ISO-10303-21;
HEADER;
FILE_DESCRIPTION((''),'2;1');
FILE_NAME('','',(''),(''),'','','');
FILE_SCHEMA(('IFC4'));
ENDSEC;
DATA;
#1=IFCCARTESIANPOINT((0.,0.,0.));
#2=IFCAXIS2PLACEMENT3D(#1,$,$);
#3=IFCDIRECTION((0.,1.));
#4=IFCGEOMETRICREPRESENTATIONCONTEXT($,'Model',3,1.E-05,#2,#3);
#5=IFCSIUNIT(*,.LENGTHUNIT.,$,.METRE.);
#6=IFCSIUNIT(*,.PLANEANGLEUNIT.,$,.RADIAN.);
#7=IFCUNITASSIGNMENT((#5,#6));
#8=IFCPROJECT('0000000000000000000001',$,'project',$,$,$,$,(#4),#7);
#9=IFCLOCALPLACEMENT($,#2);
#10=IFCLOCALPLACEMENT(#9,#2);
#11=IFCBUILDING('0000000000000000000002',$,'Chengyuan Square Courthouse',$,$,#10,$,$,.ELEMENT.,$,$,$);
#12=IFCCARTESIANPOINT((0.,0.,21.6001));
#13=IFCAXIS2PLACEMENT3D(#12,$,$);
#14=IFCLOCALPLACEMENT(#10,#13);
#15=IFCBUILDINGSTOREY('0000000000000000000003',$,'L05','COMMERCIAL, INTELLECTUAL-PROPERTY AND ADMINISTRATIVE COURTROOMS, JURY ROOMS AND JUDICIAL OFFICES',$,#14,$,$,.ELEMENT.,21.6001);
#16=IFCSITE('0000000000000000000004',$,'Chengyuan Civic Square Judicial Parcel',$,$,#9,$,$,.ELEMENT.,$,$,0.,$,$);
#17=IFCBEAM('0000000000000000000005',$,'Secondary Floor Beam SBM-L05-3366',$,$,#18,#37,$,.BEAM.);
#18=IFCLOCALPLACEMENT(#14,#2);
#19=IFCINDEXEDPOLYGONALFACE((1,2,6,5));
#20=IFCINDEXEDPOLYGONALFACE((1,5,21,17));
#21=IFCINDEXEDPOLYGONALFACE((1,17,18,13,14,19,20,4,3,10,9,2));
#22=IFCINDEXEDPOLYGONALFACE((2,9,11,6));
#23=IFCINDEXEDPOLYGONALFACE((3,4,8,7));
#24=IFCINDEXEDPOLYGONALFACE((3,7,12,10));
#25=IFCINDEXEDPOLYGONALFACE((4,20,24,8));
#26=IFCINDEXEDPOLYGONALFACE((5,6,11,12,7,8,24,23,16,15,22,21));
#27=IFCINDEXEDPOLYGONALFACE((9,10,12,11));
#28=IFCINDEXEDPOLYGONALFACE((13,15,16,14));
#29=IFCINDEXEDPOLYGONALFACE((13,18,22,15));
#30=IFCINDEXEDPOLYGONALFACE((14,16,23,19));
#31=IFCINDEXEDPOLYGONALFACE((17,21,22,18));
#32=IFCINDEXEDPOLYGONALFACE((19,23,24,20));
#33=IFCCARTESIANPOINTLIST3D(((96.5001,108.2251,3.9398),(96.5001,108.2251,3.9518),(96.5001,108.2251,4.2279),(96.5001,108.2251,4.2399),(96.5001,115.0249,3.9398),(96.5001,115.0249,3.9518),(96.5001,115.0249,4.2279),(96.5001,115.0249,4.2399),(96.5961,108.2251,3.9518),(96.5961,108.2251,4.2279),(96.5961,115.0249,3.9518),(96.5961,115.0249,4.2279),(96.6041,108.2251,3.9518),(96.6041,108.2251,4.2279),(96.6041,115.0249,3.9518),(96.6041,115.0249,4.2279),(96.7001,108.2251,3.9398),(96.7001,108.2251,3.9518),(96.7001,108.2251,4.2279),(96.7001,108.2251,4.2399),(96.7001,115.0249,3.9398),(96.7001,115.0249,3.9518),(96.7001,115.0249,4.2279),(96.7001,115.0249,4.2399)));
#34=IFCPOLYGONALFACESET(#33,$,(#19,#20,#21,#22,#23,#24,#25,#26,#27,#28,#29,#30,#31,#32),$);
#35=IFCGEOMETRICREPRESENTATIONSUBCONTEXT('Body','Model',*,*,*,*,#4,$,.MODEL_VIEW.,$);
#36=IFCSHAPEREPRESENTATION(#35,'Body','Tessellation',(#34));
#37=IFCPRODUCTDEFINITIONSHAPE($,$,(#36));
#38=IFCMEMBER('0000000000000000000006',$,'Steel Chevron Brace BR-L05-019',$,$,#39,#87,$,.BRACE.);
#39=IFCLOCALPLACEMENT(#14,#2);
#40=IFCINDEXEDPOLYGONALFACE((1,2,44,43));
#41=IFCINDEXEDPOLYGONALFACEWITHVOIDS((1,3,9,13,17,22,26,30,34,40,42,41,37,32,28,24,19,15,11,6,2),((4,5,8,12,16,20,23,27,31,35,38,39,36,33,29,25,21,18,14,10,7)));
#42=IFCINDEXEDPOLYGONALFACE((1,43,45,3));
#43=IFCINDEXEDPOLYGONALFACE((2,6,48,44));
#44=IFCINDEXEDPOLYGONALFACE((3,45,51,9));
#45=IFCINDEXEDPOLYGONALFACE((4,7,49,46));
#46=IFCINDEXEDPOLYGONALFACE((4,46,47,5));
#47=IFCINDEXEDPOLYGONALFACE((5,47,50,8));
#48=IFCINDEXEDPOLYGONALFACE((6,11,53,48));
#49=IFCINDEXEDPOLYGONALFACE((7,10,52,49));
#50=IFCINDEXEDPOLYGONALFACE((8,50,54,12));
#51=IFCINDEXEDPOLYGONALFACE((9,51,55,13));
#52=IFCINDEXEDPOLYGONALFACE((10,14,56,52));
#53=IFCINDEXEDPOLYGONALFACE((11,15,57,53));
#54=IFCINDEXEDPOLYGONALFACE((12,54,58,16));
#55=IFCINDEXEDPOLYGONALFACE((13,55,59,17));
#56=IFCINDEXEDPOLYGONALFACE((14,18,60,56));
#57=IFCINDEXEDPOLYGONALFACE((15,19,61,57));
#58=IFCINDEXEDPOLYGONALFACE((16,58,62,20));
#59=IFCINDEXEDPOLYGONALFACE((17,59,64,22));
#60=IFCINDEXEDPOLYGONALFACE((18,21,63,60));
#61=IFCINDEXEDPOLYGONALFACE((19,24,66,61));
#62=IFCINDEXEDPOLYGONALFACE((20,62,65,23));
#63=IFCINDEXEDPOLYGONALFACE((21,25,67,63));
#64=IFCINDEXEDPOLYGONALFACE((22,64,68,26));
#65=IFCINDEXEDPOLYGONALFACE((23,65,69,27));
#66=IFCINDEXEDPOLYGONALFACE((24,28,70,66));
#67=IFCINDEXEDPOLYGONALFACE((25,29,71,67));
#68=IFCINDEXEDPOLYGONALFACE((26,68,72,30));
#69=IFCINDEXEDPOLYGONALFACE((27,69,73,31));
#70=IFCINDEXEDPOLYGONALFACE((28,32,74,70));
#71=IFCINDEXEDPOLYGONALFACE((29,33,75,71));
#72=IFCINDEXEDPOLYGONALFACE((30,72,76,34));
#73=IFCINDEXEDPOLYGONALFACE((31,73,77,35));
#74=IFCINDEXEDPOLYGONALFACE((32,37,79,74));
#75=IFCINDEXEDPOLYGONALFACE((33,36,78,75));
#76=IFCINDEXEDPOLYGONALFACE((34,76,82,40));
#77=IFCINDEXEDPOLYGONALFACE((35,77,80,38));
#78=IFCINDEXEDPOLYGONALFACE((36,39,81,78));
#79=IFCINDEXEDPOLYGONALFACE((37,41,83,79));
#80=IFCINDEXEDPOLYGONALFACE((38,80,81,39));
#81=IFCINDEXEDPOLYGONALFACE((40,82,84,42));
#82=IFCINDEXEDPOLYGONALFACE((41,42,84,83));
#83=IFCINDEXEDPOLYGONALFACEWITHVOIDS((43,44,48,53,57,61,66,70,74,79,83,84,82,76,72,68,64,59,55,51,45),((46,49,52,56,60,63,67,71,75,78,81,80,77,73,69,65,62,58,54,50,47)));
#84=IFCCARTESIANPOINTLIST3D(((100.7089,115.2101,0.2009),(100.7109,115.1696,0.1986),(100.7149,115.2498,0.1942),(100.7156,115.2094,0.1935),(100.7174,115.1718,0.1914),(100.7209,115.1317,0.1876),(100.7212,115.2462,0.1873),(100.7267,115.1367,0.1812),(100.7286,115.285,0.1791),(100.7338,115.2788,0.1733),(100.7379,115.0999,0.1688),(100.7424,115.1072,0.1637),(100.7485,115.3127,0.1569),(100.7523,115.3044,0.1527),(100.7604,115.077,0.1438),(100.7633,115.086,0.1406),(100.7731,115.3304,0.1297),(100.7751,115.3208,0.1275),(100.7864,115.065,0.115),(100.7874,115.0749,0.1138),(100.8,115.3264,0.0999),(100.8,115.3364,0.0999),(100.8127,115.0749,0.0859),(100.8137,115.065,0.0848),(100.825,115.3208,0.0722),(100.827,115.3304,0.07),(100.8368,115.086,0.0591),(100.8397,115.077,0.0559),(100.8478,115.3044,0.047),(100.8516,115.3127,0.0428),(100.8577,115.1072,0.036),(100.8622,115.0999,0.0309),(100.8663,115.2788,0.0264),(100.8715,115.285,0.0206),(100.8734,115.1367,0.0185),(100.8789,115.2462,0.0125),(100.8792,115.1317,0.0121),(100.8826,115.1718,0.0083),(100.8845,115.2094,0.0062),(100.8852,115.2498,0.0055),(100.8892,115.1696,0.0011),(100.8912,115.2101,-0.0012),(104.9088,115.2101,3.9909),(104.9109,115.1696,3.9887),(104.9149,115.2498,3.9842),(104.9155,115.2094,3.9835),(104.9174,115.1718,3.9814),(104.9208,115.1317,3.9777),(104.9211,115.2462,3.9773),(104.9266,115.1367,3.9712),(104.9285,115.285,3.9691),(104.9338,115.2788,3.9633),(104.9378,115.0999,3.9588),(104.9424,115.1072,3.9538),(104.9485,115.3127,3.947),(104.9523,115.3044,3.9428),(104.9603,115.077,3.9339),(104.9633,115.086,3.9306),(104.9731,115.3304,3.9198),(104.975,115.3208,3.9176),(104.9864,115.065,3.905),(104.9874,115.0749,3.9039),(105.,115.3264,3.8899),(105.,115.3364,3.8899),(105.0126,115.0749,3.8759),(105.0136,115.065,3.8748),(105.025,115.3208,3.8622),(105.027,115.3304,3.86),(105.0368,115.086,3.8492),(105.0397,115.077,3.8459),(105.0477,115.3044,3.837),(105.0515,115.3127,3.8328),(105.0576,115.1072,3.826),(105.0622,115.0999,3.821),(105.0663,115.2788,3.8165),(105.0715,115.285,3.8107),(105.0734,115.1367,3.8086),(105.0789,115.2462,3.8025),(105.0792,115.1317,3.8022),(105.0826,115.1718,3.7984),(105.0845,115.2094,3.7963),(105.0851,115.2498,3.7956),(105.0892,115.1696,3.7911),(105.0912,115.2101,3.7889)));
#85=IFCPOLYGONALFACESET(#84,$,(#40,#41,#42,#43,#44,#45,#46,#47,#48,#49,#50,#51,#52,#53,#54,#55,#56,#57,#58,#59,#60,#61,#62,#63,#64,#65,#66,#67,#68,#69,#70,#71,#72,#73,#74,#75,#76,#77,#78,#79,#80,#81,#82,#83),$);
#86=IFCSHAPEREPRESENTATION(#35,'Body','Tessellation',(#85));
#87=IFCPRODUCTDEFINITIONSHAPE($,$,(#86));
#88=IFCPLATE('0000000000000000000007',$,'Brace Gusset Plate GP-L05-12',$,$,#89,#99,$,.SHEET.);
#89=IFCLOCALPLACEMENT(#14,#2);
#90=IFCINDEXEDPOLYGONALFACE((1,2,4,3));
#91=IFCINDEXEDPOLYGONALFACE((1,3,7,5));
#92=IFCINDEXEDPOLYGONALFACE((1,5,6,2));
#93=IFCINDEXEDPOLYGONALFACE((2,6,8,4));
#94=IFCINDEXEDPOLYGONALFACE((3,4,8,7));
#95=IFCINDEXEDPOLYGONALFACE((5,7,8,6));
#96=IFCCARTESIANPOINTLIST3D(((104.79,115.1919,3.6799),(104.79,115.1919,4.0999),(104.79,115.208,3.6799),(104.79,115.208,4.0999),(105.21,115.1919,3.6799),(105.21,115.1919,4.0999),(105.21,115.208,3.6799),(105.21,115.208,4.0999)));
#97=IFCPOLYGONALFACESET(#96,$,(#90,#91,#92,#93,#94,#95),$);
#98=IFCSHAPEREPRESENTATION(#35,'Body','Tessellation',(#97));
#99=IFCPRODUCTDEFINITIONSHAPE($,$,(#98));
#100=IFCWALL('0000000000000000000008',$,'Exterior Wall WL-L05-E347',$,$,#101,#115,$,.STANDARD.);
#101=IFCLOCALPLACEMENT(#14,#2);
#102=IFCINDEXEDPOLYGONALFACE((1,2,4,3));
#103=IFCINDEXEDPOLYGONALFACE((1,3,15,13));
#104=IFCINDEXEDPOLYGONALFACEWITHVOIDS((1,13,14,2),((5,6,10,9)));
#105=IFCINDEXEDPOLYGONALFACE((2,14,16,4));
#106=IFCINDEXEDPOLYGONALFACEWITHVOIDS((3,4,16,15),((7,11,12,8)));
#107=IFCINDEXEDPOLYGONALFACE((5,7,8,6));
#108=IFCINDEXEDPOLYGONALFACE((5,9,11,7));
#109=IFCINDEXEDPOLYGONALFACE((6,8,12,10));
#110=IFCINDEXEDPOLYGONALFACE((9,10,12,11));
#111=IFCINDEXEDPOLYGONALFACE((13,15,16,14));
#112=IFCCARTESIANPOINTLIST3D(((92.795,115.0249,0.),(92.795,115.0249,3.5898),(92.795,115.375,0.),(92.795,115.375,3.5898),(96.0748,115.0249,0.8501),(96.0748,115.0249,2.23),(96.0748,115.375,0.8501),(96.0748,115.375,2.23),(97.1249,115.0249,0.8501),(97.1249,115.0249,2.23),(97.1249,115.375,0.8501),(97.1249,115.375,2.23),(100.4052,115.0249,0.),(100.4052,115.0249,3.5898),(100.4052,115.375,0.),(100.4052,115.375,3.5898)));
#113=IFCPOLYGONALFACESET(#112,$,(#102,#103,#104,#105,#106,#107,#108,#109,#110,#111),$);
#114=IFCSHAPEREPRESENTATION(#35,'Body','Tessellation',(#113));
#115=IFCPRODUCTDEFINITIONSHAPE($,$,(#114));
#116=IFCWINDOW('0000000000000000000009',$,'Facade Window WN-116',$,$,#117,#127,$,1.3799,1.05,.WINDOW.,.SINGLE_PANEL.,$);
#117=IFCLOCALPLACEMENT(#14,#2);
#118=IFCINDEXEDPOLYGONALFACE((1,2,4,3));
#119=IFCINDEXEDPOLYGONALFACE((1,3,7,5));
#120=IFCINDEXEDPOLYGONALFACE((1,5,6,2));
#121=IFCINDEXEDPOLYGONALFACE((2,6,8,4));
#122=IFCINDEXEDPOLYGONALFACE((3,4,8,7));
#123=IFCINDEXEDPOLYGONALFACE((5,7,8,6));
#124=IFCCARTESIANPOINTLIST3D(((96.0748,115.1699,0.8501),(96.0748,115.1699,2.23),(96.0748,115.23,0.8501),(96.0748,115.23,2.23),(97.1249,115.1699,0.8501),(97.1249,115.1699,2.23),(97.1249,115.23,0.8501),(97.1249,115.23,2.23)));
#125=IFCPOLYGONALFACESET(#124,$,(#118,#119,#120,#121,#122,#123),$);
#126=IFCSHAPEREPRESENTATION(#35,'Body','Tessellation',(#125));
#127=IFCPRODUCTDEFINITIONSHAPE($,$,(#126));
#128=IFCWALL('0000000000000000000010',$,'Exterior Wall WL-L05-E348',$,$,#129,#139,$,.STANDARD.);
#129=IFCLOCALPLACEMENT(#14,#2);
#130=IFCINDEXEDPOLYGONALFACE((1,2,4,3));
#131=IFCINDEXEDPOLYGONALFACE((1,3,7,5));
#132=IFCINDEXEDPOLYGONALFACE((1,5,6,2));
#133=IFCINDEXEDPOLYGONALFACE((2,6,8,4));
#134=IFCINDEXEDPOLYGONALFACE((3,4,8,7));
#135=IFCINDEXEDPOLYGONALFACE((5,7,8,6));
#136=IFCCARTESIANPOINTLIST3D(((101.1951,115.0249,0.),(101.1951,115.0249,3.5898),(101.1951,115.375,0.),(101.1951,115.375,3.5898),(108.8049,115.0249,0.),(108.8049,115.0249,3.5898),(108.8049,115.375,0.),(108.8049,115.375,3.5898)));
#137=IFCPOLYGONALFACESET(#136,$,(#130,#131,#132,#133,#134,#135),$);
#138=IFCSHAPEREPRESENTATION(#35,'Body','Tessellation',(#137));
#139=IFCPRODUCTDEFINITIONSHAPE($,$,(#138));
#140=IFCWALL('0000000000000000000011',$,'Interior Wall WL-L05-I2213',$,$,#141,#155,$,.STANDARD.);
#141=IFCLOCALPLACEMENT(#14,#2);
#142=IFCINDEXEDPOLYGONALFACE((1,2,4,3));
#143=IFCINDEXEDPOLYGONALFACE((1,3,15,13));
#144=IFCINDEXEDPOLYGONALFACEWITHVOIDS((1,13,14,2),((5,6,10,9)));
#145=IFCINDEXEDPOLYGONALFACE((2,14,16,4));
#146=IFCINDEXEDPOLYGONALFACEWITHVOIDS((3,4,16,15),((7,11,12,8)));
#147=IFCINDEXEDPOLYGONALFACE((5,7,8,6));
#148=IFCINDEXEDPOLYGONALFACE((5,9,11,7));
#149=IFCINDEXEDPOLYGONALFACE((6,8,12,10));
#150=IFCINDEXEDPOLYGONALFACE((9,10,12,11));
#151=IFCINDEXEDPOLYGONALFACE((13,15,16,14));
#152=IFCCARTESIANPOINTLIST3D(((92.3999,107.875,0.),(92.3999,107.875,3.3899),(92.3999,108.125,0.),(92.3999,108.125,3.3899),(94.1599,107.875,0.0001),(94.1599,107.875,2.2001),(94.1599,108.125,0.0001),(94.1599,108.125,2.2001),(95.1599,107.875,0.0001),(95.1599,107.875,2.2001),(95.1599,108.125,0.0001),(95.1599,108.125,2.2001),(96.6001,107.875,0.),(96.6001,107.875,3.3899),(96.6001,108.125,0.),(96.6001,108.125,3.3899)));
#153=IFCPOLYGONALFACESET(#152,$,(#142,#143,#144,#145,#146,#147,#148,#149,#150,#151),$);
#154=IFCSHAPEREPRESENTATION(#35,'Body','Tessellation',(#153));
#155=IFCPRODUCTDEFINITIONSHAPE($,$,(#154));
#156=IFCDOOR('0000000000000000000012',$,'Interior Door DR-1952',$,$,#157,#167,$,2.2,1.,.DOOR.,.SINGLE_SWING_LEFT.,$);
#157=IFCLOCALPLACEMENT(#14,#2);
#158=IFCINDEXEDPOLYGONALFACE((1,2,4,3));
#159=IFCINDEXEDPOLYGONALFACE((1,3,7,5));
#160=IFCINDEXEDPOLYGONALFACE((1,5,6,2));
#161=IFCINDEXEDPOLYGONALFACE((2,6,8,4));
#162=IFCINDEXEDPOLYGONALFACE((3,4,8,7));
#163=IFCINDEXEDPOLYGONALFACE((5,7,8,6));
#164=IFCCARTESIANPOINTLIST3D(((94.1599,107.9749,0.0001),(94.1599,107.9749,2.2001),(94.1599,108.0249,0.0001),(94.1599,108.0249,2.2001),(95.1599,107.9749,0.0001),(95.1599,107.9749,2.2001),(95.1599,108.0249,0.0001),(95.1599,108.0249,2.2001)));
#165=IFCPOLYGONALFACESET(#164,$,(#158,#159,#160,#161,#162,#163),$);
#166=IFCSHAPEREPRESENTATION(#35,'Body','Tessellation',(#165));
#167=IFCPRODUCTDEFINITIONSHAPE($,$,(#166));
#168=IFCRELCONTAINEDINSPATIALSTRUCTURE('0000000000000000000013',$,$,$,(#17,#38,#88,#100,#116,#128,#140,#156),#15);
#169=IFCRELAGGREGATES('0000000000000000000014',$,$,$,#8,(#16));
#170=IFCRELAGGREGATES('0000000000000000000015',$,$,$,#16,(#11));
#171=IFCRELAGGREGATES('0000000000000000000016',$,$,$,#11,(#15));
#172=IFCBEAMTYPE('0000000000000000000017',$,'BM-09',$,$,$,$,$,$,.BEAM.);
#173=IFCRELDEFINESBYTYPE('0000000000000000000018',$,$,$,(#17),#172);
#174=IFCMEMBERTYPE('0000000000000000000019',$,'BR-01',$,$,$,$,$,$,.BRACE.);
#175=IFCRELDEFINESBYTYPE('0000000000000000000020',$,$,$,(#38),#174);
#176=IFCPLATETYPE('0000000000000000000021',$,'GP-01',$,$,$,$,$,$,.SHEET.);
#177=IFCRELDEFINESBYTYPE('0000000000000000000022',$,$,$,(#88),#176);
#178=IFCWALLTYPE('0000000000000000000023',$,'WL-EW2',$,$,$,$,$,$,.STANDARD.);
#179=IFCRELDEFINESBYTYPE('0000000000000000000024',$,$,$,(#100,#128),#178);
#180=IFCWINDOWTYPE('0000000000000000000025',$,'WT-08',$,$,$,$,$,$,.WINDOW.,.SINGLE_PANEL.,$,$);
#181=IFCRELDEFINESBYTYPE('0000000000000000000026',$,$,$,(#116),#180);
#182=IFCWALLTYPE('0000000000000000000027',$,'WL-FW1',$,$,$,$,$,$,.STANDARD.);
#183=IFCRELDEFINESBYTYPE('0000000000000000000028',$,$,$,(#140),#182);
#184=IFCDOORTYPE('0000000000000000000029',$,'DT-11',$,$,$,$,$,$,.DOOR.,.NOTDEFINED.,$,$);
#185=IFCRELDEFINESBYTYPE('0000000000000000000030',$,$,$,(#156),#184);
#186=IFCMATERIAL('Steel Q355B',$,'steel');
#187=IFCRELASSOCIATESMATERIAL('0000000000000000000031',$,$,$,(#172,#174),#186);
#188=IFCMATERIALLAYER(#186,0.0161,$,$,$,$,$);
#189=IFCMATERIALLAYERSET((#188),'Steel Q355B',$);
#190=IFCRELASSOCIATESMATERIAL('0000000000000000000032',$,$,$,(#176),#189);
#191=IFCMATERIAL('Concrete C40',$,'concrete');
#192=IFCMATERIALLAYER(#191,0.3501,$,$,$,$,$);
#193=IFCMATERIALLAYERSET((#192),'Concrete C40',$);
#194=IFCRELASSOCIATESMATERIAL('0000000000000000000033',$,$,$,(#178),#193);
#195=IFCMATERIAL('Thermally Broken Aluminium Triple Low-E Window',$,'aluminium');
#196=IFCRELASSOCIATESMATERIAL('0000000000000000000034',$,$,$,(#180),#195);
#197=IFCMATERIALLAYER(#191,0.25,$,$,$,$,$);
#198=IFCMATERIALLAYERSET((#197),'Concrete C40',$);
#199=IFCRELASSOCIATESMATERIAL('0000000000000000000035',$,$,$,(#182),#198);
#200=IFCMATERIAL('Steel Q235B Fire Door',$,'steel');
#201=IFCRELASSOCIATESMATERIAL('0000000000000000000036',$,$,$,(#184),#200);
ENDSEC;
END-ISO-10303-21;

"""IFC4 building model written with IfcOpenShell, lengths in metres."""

from ifc_helpers import new_model, si_unit, direction, frame, frame_2d, origin, origin_2d, place, context, subcontext, project, spatial, rectangle, hollow_circle, i_section, extrude, material, layer, layer_set, material_profile, profile_set, type_object, element, fill, save


model = new_model("IFC4")

# Units and contexts
model_context = context("Model", 3, precision=1e-05, world=origin(), true_north=direction((0.0, 1.0)))
body_context = subcontext(model_context, "Body", "Model", "MODEL_VIEW")
ifc_project = project(units=[si_unit("LENGTHUNIT", "METRE"), si_unit("PLANEANGLEUNIT", "RADIAN")], contexts=[model_context])

# Site, building, storey
site_placement = place(None, origin())
site = spatial("IfcSite", under=ifc_project, at=site_placement, Name="Chengyuan Civic Square Judicial Parcel", CompositionType="ELEMENT", RefElevation=0.0)
building_placement = place(site_placement, origin())
building = spatial("IfcBuilding", under=site, at=building_placement, Name="Chengyuan Square Courthouse", CompositionType="ELEMENT")
storey_placement = place(building_placement, frame((0.0, 0.0, 21.6001)))
storey = spatial("IfcBuildingStorey", under=building, at=storey_placement, Name="L05", Description="COMMERCIAL, INTELLECTUAL-PROPERTY AND ADMINISTRATIVE COURTROOMS, JURY ROOMS AND JUDICIAL OFFICES", CompositionType="ELEMENT", Elevation=21.6001)

# Beam
ifc_material_1 = material(Name="Concrete C40", Category="concrete")
ifc_material_2 = material(Name="Steel Q355B", Category="steel")
ifc_material_profile_1 = material_profile(ifc_material_2, i_section(OverallWidth=0.2, OverallDepth=0.3, WebThickness=0.0081, FlangeThickness=0.012, at=origin_2d()), Name="HM 300x200x8x12")
ifc_profile_set_1 = profile_set([ifc_material_profile_1], Name="Steel Q355B")
beam_type_1 = type_object("IfcBeamType", Name="BM-09", PredefinedType="BEAM", material=ifc_profile_set_1)
beam_1_placement = place(storey_placement, frame((96.6001, 108.2251, 4.0898), z_axis=(0.0, 1.0, 0.0), x_axis=(-1.0, 0.0, 0.0)))
element("IfcBeam", 1, at=beam_1_placement, inside=storey, type_object=beam_type_1, Name="Secondary Floor Beam SBM-L05-3366", PredefinedType="BEAM", context=body_context, shape_type="SweptSolid", body=[
    extrude(i_section(OverallWidth=0.2, OverallDepth=0.3, WebThickness=0.0081, FlangeThickness=0.012, at=origin_2d()), origin(), (0.0, 0.0, 1.0), 6.7998),
])

# Member
ifc_material_profile_2 = material_profile(ifc_material_2, hollow_circle(Radius=0.1365, WallThickness=0.01, at=origin_2d()), Name="CHS 273x10")
ifc_profile_set_2 = profile_set([ifc_material_profile_2], Name="Steel Q355B")
member_type = type_object("IfcMemberType", Name="BR-01", PredefinedType="BRACE", material=ifc_profile_set_2)
member_placement = place(storey_placement, frame((100.8, 115.2, 0.0999), z_axis=(0.742407, 0.0, 0.669949), x_axis=(0.0, 1.0, 0.0)))
element("IfcMember", 2, at=member_placement, inside=storey, type_object=member_type, Name="Steel Chevron Brace BR-L05-019", PredefinedType="BRACE", context=body_context, shape_type="SweptSolid", body=[
    extrude(hollow_circle(Radius=0.1365, WallThickness=0.01, at=origin_2d()), origin(), (0.0, 0.0, 1.0), 5.6572),
])

# Plate
ifc_layer_1 = layer(ifc_material_2, 0.0161)
ifc_layer_set_1 = layer_set([ifc_layer_1], Name="Steel Q355B")
plate_type = type_object("IfcPlateType", Name="GP-01", PredefinedType="SHEET", material=ifc_layer_set_1)
plate_placement = place(storey_placement, frame((105.0, 115.2, 3.6799), z_axis=(0.0, 0.0, 1.0), x_axis=(1.0, 0.0, 0.0)))
element("IfcPlate", 3, at=plate_placement, inside=storey, type_object=plate_type, Name="Brace Gusset Plate GP-L05-12", PredefinedType="SHEET", context=body_context, shape_type="SweptSolid", body=[
    extrude(rectangle(XDim=0.4199, YDim=0.0161, at=origin_2d()), origin(), (0.0, 0.0, 1.0), 0.4199),
])

# Wall, opening, window
ifc_layer_2 = layer(ifc_material_1, 0.3501)
ifc_layer_set_2 = layer_set([ifc_layer_2], Name="Concrete C40")
wall_type_1 = type_object("IfcWallType", Name="WL-EW2", PredefinedType="STANDARD", material=ifc_layer_set_2)
wall_1_placement = place(storey_placement, frame((92.7949, 115.2, 0.0), z_axis=(0.0, 0.0, 1.0), x_axis=(1.0, 0.0, 0.0)))
wall_1 = element("IfcWall", 4, at=wall_1_placement, inside=storey, type_object=wall_type_1, Name="Exterior Wall WL-L05-E347", PredefinedType="STANDARD", context=body_context, shape_type="SweptSolid", body=[
    extrude(rectangle(XDim=7.6101, YDim=0.3501, at=frame_2d((3.8052, 0.0))), origin(), (0.0, 0.0, 1.0), 3.5898),
])
opening_1_placement = place(wall_1_placement, frame((3.28, 0.0, 0.8501)))
opening_1 = element("IfcOpeningElement", 5, at=opening_1_placement, cuts=wall_1, PredefinedType="OPENING", context=body_context, shape_type="SweptSolid", body=[
    extrude(rectangle(XDim=1.05, YDim=1.3799, at=frame_2d((0.5249, 0.6899))), frame((0.0, 0.187, 0.0), z_axis=(0.0, -1.0, 0.0), x_axis=(1.0, 0.0, 0.0)), (0.0, 0.0, 1.0), 0.374),
])
ifc_material_3 = material(Name="Thermally Broken Aluminium Triple Low-E Window", Category="aluminium")
window_type = type_object("IfcWindowType", Name="WT-08", PartitioningType="SINGLE_PANEL", PredefinedType="WINDOW", material=ifc_material_3)
window_placement = place(opening_1_placement, origin())
window = element("IfcWindow", 6, at=window_placement, inside=storey, type_object=window_type, Name="Facade Window WN-116", OverallHeight=1.3799, OverallWidth=1.05, PartitioningType="SINGLE_PANEL", PredefinedType="WINDOW", context=body_context, shape_type="SweptSolid", body=[
    extrude(rectangle(XDim=1.05, YDim=1.3799, at=frame_2d((0.5249, 0.6899))), frame((0.0, 0.03, 0.0), z_axis=(0.0, -1.0, 0.0), x_axis=(1.0, 0.0, 0.0)), (0.0, 0.0, 1.0), 0.0601),
])
fill(opening_1, window)

# Wall
wall_2_placement = place(storey_placement, frame((101.1951, 115.2, 0.0), z_axis=(0.0, 0.0, 1.0), x_axis=(1.0, 0.0, 0.0)))
element("IfcWall", 7, at=wall_2_placement, inside=storey, type_object=wall_type_1, Name="Exterior Wall WL-L05-E348", PredefinedType="STANDARD", context=body_context, shape_type="SweptSolid", body=[
    extrude(rectangle(XDim=7.6099, YDim=0.3501, at=frame_2d((3.8049, 0.0))), origin(), (0.0, 0.0, 1.0), 3.5898),
])

# Wall, opening, door
ifc_layer_3 = layer(ifc_material_1, 0.25)
ifc_layer_set_3 = layer_set([ifc_layer_3], Name="Concrete C40")
wall_type_2 = type_object("IfcWallType", Name="WL-FW1", PredefinedType="STANDARD", material=ifc_layer_set_3)
wall_3_placement = place(storey_placement, frame((92.3999, 108.0, 0.0), z_axis=(0.0, 0.0, 1.0), x_axis=(1.0, 0.0, 0.0)))
wall_3 = element("IfcWall", 8, at=wall_3_placement, inside=storey, type_object=wall_type_2, Name="Interior Wall WL-L05-I2213", PredefinedType="STANDARD", context=body_context, shape_type="SweptSolid", body=[
    extrude(rectangle(XDim=4.2002, YDim=0.25, at=frame_2d((2.1001, 0.0))), origin(), (0.0, 0.0, 1.0), 3.3899),
])
opening_2_placement = place(wall_3_placement, frame((1.76, 0.0, 0.0)))
opening_2 = element("IfcOpeningElement", 9, at=opening_2_placement, cuts=wall_3, PredefinedType="OPENING", context=body_context, shape_type="SweptSolid", body=[
    extrude(rectangle(XDim=1.0, YDim=2.2, at=frame_2d((0.5, 1.1001))), frame((0.0, 0.137, 0.0), z_axis=(0.0, -1.0, 0.0), x_axis=(1.0, 0.0, 0.0)), (0.0, 0.0, 1.0), 0.2739),
])
ifc_material_4 = material(Name="Steel Q235B Fire Door", Category="steel")
door_type_1 = type_object("IfcDoorType", Name="DT-11", OperationType="NOTDEFINED", PredefinedType="DOOR", material=ifc_material_4)
door_1_placement = place(opening_2_placement, origin())
door_1 = element("IfcDoor", 10, at=door_1_placement, inside=storey, type_object=door_type_1, Name="Interior Door DR-1952", OperationType="SINGLE_SWING_LEFT", OverallHeight=2.2, OverallWidth=1.0, PredefinedType="DOOR", context=body_context, shape_type="SweptSolid", body=[
    extrude(rectangle(XDim=1.0, YDim=2.2, at=frame_2d((0.5, 1.1001))), frame((0.0, 0.0249, 0.0), z_axis=(0.0, -1.0, 0.0), x_axis=(1.0, 0.0, 0.0)), (0.0, 0.0, 1.0), 0.05),
])
fill(opening_2, door_1)

save(model, "model.ifc")
